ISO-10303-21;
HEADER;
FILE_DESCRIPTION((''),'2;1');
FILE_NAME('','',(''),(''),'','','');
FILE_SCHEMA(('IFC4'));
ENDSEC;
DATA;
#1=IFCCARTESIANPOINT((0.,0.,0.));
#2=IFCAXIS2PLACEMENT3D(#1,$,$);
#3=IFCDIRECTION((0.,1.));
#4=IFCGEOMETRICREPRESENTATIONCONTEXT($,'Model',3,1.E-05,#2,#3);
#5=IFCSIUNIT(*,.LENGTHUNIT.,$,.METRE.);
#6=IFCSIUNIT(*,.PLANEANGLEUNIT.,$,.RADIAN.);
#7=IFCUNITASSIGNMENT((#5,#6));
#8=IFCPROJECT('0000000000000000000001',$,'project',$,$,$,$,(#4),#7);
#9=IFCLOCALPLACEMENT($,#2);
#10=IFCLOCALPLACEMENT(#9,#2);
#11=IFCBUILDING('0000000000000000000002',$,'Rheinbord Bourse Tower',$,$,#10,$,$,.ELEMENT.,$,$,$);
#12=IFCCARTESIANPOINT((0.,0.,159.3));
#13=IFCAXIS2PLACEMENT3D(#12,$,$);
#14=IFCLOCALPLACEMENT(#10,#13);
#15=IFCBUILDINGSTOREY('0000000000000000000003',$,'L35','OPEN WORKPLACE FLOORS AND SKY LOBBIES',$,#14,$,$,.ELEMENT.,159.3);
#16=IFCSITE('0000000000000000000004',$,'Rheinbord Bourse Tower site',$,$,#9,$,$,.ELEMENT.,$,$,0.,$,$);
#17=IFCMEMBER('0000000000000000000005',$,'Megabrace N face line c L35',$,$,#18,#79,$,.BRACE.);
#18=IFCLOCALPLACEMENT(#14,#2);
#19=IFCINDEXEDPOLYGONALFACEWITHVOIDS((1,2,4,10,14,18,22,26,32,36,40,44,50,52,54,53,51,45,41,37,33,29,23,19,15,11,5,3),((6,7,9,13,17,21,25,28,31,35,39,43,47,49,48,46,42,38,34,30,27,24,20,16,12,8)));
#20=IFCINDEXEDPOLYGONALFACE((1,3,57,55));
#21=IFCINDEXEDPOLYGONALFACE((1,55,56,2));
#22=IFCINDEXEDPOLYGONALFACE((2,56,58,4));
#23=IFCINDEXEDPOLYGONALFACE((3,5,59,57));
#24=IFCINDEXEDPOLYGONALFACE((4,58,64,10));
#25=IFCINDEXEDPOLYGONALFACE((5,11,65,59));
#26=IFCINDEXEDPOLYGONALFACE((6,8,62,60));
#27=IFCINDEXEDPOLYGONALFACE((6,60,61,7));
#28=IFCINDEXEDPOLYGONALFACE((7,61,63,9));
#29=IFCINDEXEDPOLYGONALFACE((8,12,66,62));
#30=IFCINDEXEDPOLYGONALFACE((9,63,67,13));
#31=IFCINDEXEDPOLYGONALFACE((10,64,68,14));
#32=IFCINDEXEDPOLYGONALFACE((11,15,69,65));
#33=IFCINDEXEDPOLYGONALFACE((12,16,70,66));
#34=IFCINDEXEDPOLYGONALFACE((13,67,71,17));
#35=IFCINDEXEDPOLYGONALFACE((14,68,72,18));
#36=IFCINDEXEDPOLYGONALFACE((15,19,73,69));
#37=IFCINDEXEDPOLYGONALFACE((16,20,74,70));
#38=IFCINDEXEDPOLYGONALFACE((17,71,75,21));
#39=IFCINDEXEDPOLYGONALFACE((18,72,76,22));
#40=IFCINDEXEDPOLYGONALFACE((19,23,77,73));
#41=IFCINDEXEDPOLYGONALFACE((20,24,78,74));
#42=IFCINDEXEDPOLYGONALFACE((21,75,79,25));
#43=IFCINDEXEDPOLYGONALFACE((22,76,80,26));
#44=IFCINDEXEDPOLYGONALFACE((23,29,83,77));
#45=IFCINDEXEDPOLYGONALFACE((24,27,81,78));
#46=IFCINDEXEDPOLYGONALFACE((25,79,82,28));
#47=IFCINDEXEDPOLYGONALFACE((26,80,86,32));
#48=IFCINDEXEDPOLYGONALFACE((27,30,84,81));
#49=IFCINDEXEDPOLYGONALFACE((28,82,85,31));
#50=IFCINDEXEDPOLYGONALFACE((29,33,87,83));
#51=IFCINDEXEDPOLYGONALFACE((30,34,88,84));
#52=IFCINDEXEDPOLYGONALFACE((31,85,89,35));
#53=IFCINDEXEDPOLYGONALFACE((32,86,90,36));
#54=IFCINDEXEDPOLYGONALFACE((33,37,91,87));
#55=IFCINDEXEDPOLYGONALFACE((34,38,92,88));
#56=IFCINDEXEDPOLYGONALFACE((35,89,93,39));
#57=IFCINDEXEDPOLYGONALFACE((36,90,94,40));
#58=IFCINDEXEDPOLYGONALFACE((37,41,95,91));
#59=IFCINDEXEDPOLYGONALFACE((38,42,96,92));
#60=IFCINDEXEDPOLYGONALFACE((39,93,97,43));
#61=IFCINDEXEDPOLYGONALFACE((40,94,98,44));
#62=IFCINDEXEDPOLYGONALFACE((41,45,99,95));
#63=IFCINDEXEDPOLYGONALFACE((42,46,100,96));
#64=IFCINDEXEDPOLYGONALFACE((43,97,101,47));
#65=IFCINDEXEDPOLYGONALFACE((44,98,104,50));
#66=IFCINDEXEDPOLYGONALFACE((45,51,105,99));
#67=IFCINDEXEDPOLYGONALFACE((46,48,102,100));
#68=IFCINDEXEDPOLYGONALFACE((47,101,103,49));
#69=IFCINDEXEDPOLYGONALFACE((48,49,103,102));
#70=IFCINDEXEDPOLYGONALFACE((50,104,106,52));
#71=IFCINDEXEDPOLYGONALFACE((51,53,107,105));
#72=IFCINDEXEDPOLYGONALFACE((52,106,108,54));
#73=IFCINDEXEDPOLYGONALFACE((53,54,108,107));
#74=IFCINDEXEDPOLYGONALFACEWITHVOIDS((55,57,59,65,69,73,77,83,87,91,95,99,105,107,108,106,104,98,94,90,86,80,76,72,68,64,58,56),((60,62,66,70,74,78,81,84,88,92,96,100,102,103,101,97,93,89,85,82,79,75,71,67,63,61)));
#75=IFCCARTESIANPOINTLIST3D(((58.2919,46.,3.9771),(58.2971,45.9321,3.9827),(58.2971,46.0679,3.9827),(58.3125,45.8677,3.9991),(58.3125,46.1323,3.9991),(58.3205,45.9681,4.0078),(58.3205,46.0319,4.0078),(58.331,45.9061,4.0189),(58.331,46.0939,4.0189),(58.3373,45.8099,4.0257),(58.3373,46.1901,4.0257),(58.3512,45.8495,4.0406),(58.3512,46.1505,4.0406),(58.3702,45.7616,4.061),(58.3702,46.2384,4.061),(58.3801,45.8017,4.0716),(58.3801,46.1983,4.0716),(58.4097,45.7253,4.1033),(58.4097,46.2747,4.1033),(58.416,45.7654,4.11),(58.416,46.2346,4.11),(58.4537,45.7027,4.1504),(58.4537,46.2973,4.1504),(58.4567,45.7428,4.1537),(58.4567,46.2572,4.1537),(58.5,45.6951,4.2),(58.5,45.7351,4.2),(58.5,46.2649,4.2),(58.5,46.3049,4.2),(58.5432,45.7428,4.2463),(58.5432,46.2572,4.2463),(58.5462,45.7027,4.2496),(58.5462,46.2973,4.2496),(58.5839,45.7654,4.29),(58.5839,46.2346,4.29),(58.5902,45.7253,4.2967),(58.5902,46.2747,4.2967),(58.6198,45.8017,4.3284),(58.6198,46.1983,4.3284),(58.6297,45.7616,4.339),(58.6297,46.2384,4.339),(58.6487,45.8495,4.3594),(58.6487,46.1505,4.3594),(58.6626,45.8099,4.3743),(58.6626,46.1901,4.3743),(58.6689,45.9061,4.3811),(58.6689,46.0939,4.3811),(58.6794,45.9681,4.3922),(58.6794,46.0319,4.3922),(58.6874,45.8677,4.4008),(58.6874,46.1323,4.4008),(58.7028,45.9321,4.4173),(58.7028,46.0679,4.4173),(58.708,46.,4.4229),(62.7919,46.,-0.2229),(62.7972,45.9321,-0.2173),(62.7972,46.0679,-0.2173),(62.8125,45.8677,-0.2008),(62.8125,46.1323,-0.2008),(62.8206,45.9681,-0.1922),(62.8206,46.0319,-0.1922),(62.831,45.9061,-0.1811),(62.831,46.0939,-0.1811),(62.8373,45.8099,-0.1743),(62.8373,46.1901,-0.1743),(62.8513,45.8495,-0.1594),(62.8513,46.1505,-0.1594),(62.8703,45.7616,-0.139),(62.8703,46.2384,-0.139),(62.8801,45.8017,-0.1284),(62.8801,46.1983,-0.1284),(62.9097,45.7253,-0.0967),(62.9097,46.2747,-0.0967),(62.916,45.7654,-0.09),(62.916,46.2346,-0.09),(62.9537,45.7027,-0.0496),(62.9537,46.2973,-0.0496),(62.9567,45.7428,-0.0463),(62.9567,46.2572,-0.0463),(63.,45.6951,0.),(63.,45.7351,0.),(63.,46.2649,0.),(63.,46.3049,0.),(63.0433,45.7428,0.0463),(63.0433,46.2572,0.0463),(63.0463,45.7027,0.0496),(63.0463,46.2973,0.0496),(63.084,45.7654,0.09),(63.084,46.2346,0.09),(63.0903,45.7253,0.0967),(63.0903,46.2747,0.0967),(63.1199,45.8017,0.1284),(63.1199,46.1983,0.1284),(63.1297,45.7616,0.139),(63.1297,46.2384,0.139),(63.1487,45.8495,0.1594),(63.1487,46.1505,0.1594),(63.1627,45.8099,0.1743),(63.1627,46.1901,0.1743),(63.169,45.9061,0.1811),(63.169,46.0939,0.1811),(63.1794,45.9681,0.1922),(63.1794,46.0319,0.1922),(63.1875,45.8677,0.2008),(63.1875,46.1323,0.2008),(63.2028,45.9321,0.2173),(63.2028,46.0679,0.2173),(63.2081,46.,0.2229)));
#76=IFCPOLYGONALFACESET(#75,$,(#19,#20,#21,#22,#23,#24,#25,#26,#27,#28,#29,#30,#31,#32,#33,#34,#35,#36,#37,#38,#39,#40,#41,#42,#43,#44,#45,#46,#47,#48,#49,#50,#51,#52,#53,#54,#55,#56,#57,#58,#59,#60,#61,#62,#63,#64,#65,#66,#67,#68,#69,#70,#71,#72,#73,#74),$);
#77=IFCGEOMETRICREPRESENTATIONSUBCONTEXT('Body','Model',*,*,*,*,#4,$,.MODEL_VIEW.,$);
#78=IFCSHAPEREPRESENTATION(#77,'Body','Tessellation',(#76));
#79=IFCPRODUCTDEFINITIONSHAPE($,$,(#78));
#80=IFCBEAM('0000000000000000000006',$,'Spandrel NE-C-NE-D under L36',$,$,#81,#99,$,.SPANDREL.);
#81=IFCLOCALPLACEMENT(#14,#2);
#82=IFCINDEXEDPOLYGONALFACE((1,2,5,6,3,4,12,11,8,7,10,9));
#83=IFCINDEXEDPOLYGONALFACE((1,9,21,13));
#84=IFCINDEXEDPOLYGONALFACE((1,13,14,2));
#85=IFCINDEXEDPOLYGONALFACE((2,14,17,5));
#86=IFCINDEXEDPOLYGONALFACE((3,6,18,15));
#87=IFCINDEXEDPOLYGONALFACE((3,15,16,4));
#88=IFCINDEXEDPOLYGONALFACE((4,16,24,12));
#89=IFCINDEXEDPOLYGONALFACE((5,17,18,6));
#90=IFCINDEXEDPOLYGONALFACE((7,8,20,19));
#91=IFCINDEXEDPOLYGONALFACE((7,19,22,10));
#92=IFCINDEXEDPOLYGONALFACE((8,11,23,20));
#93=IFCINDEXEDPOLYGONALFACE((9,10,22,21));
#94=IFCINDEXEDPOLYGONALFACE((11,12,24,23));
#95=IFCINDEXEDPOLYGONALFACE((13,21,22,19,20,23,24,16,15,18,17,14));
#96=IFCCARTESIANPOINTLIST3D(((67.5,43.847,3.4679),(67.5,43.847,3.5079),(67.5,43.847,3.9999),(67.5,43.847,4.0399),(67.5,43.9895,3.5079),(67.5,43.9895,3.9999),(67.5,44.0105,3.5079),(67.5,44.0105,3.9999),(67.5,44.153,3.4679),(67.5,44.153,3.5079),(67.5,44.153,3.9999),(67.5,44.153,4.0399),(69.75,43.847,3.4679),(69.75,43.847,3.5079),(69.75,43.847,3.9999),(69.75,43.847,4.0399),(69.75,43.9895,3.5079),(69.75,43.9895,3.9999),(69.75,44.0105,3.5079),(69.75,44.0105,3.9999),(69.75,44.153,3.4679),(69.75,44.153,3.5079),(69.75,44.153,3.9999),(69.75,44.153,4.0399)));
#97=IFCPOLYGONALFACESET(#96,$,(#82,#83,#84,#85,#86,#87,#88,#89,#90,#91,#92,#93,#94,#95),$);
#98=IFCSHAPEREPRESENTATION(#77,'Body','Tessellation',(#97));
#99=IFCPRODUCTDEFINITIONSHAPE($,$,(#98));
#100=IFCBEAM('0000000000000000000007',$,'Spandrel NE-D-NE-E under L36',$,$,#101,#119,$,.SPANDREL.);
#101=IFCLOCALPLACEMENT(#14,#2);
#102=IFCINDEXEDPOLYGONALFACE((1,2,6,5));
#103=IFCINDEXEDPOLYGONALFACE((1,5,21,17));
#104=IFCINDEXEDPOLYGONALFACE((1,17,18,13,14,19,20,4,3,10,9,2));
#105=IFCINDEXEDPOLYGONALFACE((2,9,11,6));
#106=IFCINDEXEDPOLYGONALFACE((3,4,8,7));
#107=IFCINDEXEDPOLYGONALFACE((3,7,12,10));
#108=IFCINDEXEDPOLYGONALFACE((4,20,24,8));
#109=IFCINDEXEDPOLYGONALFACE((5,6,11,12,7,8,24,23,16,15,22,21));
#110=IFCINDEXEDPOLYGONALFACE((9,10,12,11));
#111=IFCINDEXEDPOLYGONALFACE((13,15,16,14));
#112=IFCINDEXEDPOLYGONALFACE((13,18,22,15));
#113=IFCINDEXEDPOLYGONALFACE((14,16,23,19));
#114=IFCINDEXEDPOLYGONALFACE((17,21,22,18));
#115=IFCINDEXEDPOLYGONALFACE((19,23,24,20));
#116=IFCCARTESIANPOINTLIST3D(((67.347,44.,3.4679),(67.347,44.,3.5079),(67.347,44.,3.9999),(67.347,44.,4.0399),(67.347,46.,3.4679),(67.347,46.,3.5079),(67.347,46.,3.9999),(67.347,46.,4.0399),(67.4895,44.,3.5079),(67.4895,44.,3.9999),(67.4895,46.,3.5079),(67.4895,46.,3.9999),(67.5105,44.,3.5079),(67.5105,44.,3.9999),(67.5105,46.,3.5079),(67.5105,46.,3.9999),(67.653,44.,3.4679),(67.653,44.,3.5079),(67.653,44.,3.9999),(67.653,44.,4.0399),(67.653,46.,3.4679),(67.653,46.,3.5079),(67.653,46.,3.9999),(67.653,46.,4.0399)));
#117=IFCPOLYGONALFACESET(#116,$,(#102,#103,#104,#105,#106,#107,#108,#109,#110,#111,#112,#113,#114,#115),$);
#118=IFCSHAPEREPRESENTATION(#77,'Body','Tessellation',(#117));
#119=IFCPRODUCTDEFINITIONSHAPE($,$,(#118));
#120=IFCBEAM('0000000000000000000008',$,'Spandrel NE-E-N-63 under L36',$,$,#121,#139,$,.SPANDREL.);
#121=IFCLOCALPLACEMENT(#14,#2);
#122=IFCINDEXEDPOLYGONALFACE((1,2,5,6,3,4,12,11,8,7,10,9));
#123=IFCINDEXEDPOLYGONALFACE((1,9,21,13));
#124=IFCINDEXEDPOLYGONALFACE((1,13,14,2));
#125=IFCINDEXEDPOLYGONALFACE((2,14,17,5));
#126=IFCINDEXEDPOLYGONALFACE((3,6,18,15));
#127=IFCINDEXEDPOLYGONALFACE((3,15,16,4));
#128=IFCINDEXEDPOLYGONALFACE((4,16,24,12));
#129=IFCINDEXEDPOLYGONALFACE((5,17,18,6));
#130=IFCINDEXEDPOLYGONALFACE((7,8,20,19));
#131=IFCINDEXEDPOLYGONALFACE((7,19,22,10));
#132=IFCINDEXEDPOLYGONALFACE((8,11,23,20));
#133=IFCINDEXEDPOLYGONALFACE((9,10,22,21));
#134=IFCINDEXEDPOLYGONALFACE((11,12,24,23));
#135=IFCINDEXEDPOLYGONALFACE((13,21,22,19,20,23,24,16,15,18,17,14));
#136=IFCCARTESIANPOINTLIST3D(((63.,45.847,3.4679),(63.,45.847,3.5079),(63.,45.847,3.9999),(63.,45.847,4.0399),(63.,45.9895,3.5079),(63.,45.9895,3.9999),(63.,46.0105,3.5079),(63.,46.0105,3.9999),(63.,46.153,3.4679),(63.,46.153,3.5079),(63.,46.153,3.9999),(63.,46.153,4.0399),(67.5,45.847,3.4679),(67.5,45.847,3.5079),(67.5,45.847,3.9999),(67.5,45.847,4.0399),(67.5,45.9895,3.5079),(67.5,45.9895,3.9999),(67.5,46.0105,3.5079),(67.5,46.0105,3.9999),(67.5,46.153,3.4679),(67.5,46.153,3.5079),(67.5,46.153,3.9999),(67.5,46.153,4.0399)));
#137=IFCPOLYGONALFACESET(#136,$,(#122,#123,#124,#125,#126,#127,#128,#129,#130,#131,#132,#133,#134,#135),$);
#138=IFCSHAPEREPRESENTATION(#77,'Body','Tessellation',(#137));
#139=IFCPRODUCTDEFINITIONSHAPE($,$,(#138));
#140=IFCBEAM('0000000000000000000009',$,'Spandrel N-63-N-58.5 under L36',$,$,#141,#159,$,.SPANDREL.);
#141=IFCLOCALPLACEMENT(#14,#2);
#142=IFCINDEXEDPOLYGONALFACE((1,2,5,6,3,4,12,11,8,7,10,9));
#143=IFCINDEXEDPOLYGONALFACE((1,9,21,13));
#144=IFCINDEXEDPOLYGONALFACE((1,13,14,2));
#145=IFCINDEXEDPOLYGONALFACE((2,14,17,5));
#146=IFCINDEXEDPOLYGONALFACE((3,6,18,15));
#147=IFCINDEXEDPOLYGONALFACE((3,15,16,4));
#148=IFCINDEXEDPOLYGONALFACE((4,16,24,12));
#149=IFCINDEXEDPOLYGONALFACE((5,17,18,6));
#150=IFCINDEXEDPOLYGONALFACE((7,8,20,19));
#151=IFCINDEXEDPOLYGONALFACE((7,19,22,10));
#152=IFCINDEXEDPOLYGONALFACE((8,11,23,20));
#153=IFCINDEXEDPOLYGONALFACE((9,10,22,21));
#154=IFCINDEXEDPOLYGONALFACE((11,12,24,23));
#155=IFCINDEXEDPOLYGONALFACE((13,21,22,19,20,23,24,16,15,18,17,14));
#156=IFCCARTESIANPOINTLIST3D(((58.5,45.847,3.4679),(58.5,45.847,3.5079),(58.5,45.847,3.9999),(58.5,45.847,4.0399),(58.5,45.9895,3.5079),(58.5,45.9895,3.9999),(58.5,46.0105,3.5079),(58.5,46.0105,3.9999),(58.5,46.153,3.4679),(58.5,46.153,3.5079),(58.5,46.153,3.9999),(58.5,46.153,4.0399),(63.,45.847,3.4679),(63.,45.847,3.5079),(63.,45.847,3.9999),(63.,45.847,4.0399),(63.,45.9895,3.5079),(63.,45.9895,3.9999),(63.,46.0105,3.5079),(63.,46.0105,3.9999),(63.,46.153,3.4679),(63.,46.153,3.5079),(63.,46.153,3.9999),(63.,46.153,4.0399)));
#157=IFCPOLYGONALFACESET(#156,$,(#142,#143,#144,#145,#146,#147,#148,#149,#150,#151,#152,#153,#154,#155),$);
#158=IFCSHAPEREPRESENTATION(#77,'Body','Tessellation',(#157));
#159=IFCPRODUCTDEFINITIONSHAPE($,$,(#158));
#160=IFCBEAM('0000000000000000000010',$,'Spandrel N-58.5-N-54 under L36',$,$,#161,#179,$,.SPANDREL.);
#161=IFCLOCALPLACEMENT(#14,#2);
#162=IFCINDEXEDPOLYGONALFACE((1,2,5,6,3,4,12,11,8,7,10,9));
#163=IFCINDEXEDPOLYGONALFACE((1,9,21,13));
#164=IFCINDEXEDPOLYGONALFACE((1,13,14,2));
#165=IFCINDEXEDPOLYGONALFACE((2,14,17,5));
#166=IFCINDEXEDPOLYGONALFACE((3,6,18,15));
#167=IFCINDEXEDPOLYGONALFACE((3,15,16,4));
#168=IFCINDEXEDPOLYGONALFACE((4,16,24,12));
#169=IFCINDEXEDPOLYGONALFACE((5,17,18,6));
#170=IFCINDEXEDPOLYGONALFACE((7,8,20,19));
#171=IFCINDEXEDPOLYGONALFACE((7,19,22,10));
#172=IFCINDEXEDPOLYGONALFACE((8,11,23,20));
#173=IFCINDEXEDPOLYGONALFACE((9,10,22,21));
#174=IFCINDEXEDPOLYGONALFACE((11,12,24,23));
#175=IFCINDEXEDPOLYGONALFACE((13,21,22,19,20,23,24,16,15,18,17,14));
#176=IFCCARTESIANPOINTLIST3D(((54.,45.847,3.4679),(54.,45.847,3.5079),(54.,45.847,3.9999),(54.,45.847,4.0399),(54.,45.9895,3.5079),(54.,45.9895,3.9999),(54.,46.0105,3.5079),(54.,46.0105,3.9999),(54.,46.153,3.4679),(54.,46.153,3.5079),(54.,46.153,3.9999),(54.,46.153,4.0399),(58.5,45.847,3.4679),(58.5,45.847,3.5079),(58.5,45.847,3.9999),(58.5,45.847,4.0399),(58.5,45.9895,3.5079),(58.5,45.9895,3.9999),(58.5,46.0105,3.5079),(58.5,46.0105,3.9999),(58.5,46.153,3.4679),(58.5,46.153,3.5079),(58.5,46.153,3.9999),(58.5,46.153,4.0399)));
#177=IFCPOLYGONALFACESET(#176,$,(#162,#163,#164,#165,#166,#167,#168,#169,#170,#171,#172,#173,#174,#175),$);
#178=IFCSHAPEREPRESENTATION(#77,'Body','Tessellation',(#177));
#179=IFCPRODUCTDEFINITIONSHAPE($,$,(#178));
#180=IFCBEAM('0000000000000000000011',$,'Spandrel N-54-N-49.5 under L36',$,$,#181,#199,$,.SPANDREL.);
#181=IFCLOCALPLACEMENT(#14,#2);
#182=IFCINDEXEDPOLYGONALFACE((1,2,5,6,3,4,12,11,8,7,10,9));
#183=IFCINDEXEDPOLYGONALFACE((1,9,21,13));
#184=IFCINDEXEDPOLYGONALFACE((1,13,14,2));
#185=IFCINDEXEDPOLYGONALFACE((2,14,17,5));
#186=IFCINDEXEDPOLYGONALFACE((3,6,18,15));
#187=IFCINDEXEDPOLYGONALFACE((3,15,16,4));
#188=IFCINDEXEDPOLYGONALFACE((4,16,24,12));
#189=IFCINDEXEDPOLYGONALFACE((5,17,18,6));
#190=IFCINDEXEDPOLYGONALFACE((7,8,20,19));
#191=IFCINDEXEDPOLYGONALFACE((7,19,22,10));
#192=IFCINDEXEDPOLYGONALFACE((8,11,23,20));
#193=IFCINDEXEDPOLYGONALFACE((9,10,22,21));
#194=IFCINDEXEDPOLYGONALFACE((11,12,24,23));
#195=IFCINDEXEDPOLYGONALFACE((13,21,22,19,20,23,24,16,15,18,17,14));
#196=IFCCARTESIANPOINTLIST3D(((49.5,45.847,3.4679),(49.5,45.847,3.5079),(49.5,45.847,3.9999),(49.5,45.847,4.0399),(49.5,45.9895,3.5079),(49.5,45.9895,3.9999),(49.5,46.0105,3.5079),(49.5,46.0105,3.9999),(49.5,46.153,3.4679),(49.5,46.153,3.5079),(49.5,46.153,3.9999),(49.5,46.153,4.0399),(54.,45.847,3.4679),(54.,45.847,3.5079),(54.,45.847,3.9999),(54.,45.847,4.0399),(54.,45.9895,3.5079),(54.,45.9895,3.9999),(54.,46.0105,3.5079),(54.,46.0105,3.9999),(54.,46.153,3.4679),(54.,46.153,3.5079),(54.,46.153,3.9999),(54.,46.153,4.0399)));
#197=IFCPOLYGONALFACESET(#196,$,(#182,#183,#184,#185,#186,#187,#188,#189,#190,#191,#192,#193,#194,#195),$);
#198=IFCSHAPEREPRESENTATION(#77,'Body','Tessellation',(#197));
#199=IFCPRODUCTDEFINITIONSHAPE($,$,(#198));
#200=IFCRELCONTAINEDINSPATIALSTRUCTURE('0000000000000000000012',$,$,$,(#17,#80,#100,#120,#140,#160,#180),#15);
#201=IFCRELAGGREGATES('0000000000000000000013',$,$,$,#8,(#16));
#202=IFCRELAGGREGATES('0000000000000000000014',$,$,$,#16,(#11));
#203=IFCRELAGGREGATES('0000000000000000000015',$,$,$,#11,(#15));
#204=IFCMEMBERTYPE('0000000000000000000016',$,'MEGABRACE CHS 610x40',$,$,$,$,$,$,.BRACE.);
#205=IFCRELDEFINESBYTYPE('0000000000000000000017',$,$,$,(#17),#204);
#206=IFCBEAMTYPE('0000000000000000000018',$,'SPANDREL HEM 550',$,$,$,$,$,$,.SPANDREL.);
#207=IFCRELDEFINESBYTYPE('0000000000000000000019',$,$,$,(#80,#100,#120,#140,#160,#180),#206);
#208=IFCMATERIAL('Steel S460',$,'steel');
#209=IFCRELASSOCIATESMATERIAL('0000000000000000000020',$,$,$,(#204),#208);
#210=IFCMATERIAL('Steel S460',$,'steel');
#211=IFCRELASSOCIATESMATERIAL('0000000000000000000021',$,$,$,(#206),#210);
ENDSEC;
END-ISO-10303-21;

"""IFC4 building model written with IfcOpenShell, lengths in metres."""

from ifc_helpers import new_model, si_unit, direction, frame, origin, origin_2d, place, context, subcontext, project, spatial, hollow_circle, i_section, extrude, material, material_profile, profile_set, type_object, element, save


model = new_model("IFC4")

# Units and contexts
model_context = context("Model", 3, precision=1e-05, world=origin(), true_north=direction((0.0, 1.0)))
body_context = subcontext(model_context, "Body", "Model", "MODEL_VIEW")
ifc_project = project(units=[si_unit("LENGTHUNIT", "METRE"), si_unit("PLANEANGLEUNIT", "RADIAN")], contexts=[model_context])

# Site, building, storey
site_placement = place(None, origin())
site = spatial("IfcSite", under=ifc_project, at=site_placement, Name="Rheinbord Bourse Tower site", CompositionType="ELEMENT", RefElevation=0.0)
building_placement = place(site_placement, origin())
building = spatial("IfcBuilding", under=site, at=building_placement, Name="Rheinbord Bourse Tower", CompositionType="ELEMENT")
storey_placement = place(building_placement, frame((0.0, 0.0, 159.3)))
storey = spatial("IfcBuildingStorey", under=building, at=storey_placement, Name="L35", Description="OPEN WORKPLACE FLOORS AND SKY LOBBIES", CompositionType="ELEMENT", Elevation=159.3)

# Member
ifc_material_1 = material(Name="Steel S460", Category="steel")
ifc_material_profile_1 = material_profile(ifc_material_1, hollow_circle(Radius=0.3049, WallThickness=0.04, at=origin_2d()), Name="CHS 610x40")
ifc_profile_set_1 = profile_set([ifc_material_profile_1], Name="Steel S460")
member_type_1 = type_object("IfcMemberType", Name="MEGABRACE CHS 610x40", PredefinedType="BRACE", material=ifc_profile_set_1)
member_1_placement = place(storey_placement, frame((63.0, 46.0, 0.0), z_axis=(-0.731059, 0.0, 0.682314), x_axis=(0.0, -1.0, 0.0)))
element("IfcMember", 1, at=member_1_placement, inside=storey, type_object=member_type_1, Name="Megabrace N face line c L35", PredefinedType="BRACE", context=body_context, shape_type="SweptSolid", body=[
    extrude(hollow_circle(Radius=0.3049, WallThickness=0.04, at=origin_2d()), origin(), (0.0, 0.0, 1.0), 6.1555),
])

# Beams
ifc_material_2 = material(Name="Steel S460", Category="steel")
ifc_material_profile_2 = material_profile(ifc_material_2, i_section(OverallWidth=0.3059, OverallDepth=0.572, WebThickness=0.021, FlangeThickness=0.04, at=origin_2d()), Name="HEM 550")
ifc_profile_set_2 = profile_set([ifc_material_profile_2], Name="Steel S460")
beam_type_1 = type_object("IfcBeamType", Name="SPANDREL HEM 550", PredefinedType="SPANDREL", material=ifc_profile_set_2)
beam_1_placement = place(storey_placement, frame((69.75, 44.0, 3.7539), z_axis=(-1.0, 0.0, 0.0), x_axis=(0.0, -1.0, 0.0)))
element("IfcBeam", 2, at=beam_1_placement, inside=storey, type_object=beam_type_1, Name="Spandrel NE-C-NE-D under L36", PredefinedType="SPANDREL", context=body_context, shape_type="SweptSolid", body=[
    extrude(i_section(OverallWidth=0.3059, OverallDepth=0.572, WebThickness=0.021, FlangeThickness=0.04, at=origin_2d()), origin(), (0.0, 0.0, 1.0), 2.25),
])
beam_2_placement = place(storey_placement, frame((67.5, 44.0, 3.7539), z_axis=(0.0, 1.0, 0.0), x_axis=(-1.0, 0.0, 0.0)))
element("IfcBeam", 3, at=beam_2_placement, inside=storey, type_object=beam_type_1, Name="Spandrel NE-D-NE-E under L36", PredefinedType="SPANDREL", context=body_context, shape_type="SweptSolid", body=[
    extrude(i_section(OverallWidth=0.3059, OverallDepth=0.572, WebThickness=0.021, FlangeThickness=0.04, at=origin_2d()), origin(), (0.0, 0.0, 1.0), 2.0),
])
for number, where, z_axis, x_axis, name in (
    (4, (67.5, 46.0, 3.7539), (-1.0, 0.0, 0.0), (0.0, -1.0, 0.0), "Spandrel NE-E-N-63 under L36"),
    (5, (63.0, 46.0, 3.7539), (-1.0, 0.0, 0.0), (0.0, -1.0, 0.0), "Spandrel N-63-N-58.5 under L36"),
    (6, (58.5, 46.0, 3.7539), (-1.0, 0.0, 0.0), (0.0, -1.0, 0.0), "Spandrel N-58.5-N-54 under L36"),
    (7, (54.0, 46.0, 3.7539), (-1.0, 0.0, 0.0), (0.0, -1.0, 0.0), "Spandrel N-54-N-49.5 under L36"),
):
    element("IfcBeam", number, at=place(storey_placement, frame(where, z_axis=z_axis, x_axis=x_axis)), inside=storey, type_object=beam_type_1, Name=name, PredefinedType="SPANDREL", context=body_context, shape_type="SweptSolid", body=[
        extrude(i_section(OverallWidth=0.3059, OverallDepth=0.572, WebThickness=0.021, FlangeThickness=0.04, at=origin_2d()), origin(), (0.0, 0.0, 1.0), 4.5),
    ])

save(model, "model.ifc")
